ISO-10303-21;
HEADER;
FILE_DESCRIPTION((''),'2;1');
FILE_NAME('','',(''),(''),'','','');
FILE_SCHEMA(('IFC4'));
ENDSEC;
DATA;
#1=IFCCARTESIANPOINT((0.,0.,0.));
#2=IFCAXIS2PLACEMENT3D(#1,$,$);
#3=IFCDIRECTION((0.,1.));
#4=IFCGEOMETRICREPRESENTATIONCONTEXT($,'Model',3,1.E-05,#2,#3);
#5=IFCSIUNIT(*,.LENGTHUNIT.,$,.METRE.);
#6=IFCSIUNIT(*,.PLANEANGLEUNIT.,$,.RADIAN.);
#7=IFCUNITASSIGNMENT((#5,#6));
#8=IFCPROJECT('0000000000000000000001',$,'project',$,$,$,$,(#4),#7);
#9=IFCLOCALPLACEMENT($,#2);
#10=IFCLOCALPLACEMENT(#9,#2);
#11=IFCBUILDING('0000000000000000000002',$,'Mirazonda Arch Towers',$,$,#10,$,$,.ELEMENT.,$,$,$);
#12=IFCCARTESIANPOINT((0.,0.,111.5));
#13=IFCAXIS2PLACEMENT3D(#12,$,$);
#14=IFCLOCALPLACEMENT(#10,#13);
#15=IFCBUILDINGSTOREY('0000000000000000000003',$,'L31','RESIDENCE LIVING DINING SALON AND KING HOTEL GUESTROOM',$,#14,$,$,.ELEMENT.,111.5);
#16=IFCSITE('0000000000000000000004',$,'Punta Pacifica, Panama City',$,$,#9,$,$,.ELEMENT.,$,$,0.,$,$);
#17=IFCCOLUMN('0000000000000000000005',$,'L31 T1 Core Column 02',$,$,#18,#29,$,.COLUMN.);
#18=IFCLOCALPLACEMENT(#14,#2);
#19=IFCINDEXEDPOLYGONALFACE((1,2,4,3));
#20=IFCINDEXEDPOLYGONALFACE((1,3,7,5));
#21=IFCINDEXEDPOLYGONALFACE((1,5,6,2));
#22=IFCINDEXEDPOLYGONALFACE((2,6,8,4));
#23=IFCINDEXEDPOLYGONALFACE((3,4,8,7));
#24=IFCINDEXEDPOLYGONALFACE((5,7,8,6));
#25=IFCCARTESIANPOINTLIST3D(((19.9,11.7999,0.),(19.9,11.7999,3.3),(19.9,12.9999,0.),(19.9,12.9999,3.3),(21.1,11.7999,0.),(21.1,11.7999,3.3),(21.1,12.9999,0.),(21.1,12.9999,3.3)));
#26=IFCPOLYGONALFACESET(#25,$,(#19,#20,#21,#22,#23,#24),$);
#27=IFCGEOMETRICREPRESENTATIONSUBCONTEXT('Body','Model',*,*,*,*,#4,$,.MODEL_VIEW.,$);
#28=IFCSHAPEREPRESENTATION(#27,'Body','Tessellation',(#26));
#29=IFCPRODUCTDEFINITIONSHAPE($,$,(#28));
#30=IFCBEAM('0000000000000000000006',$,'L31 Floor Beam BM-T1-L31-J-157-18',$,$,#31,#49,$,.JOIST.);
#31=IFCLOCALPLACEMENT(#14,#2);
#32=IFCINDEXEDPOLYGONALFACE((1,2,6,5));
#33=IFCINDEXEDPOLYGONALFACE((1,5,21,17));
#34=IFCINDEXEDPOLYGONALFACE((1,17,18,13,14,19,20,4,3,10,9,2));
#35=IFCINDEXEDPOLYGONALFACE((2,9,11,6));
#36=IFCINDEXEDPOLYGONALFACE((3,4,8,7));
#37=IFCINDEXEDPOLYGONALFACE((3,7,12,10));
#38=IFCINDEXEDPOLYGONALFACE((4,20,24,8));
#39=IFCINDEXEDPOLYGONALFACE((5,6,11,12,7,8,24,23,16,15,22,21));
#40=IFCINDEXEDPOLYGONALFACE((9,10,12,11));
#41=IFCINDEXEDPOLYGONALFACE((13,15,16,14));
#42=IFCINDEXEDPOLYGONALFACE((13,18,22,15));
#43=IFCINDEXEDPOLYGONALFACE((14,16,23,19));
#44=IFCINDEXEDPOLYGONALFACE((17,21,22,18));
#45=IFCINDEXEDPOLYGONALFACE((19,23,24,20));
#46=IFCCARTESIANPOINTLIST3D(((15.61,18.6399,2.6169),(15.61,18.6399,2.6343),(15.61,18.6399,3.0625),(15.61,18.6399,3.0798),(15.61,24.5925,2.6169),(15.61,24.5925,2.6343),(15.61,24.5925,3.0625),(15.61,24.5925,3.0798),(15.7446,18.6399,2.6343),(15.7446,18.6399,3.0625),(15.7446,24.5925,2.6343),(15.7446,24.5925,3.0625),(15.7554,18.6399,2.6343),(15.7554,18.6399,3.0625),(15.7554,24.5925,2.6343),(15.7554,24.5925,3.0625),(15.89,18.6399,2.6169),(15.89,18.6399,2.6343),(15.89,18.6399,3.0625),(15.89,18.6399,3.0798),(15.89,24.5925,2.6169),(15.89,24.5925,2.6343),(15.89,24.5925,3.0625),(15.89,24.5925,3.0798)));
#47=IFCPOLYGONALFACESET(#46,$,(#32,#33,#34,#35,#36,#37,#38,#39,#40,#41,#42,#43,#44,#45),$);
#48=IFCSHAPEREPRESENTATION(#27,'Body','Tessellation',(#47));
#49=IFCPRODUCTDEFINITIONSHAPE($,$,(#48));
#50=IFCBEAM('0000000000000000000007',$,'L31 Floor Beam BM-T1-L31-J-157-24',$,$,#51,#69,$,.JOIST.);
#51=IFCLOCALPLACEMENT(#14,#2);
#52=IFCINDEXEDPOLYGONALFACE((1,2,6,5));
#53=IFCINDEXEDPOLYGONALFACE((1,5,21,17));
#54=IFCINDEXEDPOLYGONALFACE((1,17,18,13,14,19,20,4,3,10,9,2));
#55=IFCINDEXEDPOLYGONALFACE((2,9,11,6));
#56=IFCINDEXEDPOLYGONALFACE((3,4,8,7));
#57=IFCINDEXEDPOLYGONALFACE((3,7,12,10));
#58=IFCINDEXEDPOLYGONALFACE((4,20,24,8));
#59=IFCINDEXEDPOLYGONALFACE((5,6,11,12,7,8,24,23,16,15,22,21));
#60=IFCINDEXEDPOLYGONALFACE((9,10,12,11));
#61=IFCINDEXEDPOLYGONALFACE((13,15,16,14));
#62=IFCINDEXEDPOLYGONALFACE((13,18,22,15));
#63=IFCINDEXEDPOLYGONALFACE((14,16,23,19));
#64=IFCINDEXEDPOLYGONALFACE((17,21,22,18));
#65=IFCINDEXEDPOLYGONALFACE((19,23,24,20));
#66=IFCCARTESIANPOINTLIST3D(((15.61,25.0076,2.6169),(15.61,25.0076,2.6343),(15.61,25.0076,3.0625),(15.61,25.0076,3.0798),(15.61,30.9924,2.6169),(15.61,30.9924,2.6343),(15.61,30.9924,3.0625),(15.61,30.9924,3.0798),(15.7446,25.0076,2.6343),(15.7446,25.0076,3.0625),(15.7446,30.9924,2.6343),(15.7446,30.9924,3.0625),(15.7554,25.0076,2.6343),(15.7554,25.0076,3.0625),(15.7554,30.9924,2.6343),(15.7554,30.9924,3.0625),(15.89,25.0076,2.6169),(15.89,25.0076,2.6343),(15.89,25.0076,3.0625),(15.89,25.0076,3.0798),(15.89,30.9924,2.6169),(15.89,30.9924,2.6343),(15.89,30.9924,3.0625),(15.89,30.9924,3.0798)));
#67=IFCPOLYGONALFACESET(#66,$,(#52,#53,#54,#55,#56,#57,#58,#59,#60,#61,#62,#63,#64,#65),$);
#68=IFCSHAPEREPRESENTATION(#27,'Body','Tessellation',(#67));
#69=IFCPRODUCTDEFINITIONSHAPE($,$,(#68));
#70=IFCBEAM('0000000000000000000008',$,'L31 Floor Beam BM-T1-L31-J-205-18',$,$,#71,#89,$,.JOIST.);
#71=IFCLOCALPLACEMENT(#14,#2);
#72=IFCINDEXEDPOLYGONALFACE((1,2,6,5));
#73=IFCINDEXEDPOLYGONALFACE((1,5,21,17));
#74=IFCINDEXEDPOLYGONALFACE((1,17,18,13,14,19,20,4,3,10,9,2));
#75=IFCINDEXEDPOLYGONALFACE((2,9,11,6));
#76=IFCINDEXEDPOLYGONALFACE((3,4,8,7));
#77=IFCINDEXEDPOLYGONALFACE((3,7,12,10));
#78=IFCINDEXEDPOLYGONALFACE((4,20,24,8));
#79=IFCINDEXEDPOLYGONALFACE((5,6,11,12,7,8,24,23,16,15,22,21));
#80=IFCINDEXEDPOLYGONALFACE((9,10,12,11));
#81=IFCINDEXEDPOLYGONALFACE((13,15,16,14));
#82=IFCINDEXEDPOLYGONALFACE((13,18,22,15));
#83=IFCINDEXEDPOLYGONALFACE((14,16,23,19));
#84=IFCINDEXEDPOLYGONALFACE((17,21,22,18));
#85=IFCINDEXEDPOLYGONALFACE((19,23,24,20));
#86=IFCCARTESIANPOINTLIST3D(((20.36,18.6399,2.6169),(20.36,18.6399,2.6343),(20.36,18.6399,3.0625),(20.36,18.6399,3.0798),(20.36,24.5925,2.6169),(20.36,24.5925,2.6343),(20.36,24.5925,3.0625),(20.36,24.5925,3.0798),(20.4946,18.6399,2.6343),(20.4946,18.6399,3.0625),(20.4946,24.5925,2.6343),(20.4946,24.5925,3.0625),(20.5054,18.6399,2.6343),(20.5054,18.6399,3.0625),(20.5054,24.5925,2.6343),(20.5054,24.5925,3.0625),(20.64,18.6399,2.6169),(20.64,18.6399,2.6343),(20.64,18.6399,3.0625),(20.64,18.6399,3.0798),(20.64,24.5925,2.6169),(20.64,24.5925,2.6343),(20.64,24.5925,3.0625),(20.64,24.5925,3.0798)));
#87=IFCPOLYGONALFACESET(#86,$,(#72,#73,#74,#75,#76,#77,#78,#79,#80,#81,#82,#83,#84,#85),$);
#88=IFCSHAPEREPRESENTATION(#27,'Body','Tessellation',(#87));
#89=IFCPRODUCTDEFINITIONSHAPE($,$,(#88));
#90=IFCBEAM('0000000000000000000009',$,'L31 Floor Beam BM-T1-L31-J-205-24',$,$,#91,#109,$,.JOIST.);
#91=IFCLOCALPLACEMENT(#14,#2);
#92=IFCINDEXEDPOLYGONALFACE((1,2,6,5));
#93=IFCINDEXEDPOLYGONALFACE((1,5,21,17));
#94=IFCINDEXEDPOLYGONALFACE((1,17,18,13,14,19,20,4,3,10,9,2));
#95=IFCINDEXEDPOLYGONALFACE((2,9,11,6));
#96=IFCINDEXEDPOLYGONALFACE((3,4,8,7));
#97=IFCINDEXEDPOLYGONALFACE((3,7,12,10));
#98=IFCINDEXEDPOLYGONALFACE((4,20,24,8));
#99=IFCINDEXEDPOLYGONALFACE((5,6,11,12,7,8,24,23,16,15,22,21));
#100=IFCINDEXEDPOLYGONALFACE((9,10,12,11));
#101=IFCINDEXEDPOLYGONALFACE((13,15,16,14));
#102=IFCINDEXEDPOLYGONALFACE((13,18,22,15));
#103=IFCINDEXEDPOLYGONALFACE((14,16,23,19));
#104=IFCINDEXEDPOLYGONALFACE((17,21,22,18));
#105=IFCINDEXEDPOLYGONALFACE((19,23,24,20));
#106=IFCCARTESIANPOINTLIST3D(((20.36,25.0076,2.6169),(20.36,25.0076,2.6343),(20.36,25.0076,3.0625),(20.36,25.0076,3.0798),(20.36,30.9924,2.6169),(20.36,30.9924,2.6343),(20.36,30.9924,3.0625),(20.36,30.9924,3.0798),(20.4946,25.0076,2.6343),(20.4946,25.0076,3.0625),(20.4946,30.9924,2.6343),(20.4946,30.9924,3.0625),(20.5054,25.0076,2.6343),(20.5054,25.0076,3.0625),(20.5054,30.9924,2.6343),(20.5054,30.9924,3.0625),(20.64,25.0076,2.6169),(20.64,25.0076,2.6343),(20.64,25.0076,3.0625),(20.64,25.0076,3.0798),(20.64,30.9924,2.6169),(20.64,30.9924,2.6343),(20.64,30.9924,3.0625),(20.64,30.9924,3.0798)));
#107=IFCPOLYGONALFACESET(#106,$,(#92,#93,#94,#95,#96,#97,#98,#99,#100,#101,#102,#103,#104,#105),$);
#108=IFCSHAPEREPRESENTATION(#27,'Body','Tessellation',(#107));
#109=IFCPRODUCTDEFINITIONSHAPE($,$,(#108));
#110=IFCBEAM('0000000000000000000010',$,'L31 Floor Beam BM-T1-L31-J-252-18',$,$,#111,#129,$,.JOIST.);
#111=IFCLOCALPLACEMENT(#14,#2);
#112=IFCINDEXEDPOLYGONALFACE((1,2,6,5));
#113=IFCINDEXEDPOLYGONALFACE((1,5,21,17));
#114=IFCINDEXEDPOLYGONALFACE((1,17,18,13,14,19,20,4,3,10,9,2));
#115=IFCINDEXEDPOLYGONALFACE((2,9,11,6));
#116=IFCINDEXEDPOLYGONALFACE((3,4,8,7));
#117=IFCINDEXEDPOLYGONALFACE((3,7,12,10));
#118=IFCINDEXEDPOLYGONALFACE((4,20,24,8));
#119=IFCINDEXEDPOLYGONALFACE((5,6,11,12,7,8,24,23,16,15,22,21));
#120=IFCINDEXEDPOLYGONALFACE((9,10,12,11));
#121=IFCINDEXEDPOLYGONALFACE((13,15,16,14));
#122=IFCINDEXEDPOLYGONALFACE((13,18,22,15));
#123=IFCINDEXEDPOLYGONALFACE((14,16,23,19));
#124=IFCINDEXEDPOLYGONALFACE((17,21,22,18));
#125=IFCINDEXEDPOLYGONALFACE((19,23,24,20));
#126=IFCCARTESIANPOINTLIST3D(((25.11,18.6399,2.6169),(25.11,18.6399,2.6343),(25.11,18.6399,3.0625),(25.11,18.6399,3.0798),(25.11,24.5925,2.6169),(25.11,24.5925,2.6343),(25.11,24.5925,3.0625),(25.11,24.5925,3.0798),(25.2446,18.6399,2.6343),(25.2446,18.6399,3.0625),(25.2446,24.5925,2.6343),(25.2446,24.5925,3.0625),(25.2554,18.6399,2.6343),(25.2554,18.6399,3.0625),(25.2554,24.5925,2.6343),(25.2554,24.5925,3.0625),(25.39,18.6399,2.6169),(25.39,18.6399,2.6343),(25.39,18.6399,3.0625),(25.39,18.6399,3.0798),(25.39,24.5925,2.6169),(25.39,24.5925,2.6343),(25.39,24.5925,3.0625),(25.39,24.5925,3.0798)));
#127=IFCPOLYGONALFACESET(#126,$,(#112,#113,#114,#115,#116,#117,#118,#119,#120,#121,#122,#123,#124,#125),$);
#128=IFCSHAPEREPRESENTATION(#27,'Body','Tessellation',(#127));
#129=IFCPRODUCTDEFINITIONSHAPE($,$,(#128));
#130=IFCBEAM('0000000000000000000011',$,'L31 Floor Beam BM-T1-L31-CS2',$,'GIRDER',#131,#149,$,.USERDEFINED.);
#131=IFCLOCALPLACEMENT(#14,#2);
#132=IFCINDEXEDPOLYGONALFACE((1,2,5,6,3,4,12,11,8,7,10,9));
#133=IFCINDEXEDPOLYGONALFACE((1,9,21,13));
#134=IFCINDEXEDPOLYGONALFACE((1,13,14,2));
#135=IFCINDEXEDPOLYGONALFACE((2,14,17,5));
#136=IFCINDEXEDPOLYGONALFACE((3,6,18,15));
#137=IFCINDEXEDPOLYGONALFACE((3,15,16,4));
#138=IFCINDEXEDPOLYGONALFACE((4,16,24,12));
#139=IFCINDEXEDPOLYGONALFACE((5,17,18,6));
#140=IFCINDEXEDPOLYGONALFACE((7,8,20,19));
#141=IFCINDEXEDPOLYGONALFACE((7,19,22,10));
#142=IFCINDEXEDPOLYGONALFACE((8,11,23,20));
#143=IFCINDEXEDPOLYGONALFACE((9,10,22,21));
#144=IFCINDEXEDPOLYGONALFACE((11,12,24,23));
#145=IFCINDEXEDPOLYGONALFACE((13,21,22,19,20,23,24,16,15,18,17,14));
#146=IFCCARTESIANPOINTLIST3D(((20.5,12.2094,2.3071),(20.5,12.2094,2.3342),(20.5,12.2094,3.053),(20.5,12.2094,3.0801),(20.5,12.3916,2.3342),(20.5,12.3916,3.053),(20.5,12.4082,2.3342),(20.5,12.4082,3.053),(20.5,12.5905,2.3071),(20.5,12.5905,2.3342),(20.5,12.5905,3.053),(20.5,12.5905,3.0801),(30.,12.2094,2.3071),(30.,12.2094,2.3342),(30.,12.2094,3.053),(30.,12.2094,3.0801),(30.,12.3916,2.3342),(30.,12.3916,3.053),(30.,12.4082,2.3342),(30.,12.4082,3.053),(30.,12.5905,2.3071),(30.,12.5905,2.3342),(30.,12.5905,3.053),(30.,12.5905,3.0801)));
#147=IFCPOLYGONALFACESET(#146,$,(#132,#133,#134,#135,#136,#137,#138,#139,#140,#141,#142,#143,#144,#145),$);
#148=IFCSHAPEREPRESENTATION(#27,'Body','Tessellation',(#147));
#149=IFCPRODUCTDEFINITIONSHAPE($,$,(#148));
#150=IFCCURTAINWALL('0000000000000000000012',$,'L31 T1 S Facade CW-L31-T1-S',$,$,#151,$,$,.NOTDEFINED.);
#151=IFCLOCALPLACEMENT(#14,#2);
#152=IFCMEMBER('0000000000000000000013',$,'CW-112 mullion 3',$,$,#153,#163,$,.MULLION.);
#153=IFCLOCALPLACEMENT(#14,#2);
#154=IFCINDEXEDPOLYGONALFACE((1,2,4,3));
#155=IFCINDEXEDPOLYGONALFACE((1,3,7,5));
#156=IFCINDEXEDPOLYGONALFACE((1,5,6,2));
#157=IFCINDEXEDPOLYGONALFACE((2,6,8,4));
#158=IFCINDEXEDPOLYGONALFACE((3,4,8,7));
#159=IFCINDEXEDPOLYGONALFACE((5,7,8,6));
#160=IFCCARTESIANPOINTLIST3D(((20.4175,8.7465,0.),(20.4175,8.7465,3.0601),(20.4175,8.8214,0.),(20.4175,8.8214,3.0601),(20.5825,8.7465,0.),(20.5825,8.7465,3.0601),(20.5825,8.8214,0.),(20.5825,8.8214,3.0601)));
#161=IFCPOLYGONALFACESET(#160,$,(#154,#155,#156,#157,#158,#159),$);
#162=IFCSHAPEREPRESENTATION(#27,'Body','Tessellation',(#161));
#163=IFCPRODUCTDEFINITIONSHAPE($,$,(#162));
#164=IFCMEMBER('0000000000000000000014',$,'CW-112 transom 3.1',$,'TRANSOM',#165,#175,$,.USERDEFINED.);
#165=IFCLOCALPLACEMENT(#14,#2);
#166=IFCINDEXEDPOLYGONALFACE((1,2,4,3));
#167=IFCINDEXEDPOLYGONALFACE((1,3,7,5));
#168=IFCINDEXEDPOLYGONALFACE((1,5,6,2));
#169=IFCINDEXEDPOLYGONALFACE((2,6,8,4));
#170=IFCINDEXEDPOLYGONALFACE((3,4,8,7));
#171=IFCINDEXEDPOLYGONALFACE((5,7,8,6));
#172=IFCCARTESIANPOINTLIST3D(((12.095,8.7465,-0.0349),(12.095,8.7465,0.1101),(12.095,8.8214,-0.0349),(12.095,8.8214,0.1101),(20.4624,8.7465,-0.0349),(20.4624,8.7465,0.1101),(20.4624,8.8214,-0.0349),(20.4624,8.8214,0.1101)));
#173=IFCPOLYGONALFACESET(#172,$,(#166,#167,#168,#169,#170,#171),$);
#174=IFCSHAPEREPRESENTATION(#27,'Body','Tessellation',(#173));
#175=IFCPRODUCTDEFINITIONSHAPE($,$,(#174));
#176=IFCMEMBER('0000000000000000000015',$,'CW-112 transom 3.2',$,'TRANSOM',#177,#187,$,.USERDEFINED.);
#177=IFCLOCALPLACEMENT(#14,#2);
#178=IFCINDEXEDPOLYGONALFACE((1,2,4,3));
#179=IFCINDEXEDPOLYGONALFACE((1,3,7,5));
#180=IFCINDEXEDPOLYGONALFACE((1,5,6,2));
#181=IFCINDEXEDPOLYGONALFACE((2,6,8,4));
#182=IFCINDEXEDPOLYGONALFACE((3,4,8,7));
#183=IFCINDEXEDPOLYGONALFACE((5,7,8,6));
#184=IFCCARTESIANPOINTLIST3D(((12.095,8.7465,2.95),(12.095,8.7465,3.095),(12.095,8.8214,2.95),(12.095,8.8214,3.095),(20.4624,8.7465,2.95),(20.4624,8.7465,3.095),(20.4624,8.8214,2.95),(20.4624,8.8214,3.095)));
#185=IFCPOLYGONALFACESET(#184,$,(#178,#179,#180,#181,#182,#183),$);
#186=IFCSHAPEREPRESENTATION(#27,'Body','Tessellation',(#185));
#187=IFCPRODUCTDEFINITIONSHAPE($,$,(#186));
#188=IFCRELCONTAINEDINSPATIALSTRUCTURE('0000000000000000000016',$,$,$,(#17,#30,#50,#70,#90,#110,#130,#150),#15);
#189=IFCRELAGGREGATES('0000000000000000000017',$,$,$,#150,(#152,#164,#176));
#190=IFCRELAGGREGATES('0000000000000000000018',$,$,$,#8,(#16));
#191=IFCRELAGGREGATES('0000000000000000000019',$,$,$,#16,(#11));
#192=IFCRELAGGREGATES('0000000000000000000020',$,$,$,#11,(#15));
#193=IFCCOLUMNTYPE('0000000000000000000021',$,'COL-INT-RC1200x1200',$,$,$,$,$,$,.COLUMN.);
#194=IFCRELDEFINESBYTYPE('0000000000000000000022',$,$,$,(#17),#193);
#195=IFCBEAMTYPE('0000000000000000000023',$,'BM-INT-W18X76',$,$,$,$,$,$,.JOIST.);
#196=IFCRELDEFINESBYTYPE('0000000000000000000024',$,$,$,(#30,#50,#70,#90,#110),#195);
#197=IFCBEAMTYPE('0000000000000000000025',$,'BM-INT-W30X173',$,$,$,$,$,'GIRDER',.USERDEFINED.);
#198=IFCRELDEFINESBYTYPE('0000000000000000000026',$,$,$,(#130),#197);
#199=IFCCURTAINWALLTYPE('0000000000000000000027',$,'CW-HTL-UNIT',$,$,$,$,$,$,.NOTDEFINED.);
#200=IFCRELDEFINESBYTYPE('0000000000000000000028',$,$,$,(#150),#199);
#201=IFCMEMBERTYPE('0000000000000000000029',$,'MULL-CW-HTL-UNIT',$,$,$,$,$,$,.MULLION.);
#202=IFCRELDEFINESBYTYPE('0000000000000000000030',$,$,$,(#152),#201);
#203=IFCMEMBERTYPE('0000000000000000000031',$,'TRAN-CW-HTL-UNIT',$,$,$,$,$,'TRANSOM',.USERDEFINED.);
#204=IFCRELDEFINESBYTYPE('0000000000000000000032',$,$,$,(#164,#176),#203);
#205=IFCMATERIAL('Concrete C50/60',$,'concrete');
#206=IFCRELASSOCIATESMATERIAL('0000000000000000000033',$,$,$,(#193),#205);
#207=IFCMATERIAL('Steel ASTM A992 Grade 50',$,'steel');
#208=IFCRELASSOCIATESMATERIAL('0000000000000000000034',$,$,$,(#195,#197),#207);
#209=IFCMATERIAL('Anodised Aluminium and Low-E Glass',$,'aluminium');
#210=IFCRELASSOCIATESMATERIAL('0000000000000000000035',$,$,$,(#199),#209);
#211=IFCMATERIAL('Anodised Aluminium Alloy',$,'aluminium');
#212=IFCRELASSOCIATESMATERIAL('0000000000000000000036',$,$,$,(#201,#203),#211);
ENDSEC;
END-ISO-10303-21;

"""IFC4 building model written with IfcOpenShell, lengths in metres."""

from ifc_helpers import new_model, si_unit, direction, frame, origin, origin_2d, place, context, subcontext, project, spatial, rectangle, i_section, extrude, material, material_profile, profile_set, type_object, element, aggregate, save


model = new_model("IFC4")

# Units and contexts
model_context = context("Model", 3, precision=1e-05, world=origin(), true_north=direction((0.0, 1.0)))
body_context = subcontext(model_context, "Body", "Model", "MODEL_VIEW")
ifc_project = project(units=[si_unit("LENGTHUNIT", "METRE"), si_unit("PLANEANGLEUNIT", "RADIAN")], contexts=[model_context])

# Site, building, storey
site_placement = place(None, origin())
site = spatial("IfcSite", under=ifc_project, at=site_placement, Name="Punta Pacifica, Panama City", CompositionType="ELEMENT", RefElevation=0.0)
building_placement = place(site_placement, origin())
building = spatial("IfcBuilding", under=site, at=building_placement, Name="Mirazonda Arch Towers", CompositionType="ELEMENT")
storey_placement = place(building_placement, frame((0.0, 0.0, 111.5)))
storey = spatial("IfcBuildingStorey", under=building, at=storey_placement, Name="L31", Description="RESIDENCE LIVING DINING SALON AND KING HOTEL GUESTROOM", CompositionType="ELEMENT", Elevation=111.5)

# Column
ifc_material_1 = material(Name="Concrete C50/60", Category="concrete")
ifc_material_profile_1 = material_profile(ifc_material_1, rectangle(XDim=1.2, YDim=1.2, at=origin_2d()), Name="RC1200x1200")
ifc_profile_set_1 = profile_set([ifc_material_profile_1], Name="Concrete C50/60")
column_type = type_object("IfcColumnType", Name="COL-INT-RC1200x1200", PredefinedType="COLUMN", material=ifc_profile_set_1)
column_placement = place(storey_placement, frame((20.5, 12.3999, 0.0), z_axis=(0.0, 0.0, 1.0), x_axis=(1.0, 0.0, 0.0)))
element("IfcColumn", 1, at=column_placement, inside=storey, type_object=column_type, Name="L31 T1 Core Column 02", PredefinedType="COLUMN", context=body_context, shape_type="SweptSolid", body=[
    extrude(rectangle(XDim=1.2, YDim=1.2, at=origin_2d()), origin(), (0.0, 0.0, 1.0), 3.3),
])

# Beams
ifc_material_2 = material(Name="Steel ASTM A992 Grade 50", Category="steel")
ifc_material_profile_2 = material_profile(ifc_material_2, i_section(OverallWidth=0.28, OverallDepth=0.4629, WebThickness=0.0107, FlangeThickness=0.0173, at=origin_2d()), Name="W18X76")
ifc_profile_set_2 = profile_set([ifc_material_profile_2], Name="Steel ASTM A992 Grade 50")
beam_type_1 = type_object("IfcBeamType", Name="BM-INT-W18X76", PredefinedType="JOIST", material=ifc_profile_set_2)
beam_1_placement = place(storey_placement, frame((15.75, 18.6399, 2.8484), z_axis=(0.0, 1.0, 0.0), x_axis=(-1.0, 0.0, 0.0)))
element("IfcBeam", 2, at=beam_1_placement, inside=storey, type_object=beam_type_1, Name="L31 Floor Beam BM-T1-L31-J-157-18", PredefinedType="JOIST", context=body_context, shape_type="SweptSolid", body=[
    extrude(i_section(OverallWidth=0.28, OverallDepth=0.4629, WebThickness=0.0107, FlangeThickness=0.0173, at=origin_2d()), origin(), (0.0, 0.0, 1.0), 5.9526),
])
beam_2_placement = place(storey_placement, frame((15.75, 25.0076, 2.8484), z_axis=(0.0, 1.0, 0.0), x_axis=(-1.0, 0.0, 0.0)))
element("IfcBeam", 3, at=beam_2_placement, inside=storey, type_object=beam_type_1, Name="L31 Floor Beam BM-T1-L31-J-157-24", PredefinedType="JOIST", context=body_context, shape_type="SweptSolid", body=[
    extrude(i_section(OverallWidth=0.28, OverallDepth=0.4629, WebThickness=0.0107, FlangeThickness=0.0173, at=origin_2d()), origin(), (0.0, 0.0, 1.0), 5.9849),
])
beam_3_placement = place(storey_placement, frame((20.5, 18.6399, 2.8484), z_axis=(0.0, 1.0, 0.0), x_axis=(-1.0, 0.0, 0.0)))
element("IfcBeam", 4, at=beam_3_placement, inside=storey, type_object=beam_type_1, Name="L31 Floor Beam BM-T1-L31-J-205-18", PredefinedType="JOIST", context=body_context, shape_type="SweptSolid", body=[
    extrude(i_section(OverallWidth=0.28, OverallDepth=0.4629, WebThickness=0.0107, FlangeThickness=0.0173, at=origin_2d()), origin(), (0.0, 0.0, 1.0), 5.9526),
])
beam_4_placement = place(storey_placement, frame((20.5, 25.0076, 2.8484), z_axis=(0.0, 1.0, 0.0), x_axis=(-1.0, 0.0, 0.0)))
element("IfcBeam", 5, at=beam_4_placement, inside=storey, type_object=beam_type_1, Name="L31 Floor Beam BM-T1-L31-J-205-24", PredefinedType="JOIST", context=body_context, shape_type="SweptSolid", body=[
    extrude(i_section(OverallWidth=0.28, OverallDepth=0.4629, WebThickness=0.0107, FlangeThickness=0.0173, at=origin_2d()), origin(), (0.0, 0.0, 1.0), 5.9849),
])
beam_5_placement = place(storey_placement, frame((25.25, 18.6399, 2.8484), z_axis=(0.0, 1.0, 0.0), x_axis=(-1.0, 0.0, 0.0)))
element("IfcBeam", 6, at=beam_5_placement, inside=storey, type_object=beam_type_1, Name="L31 Floor Beam BM-T1-L31-J-252-18", PredefinedType="JOIST", context=body_context, shape_type="SweptSolid", body=[
    extrude(i_section(OverallWidth=0.28, OverallDepth=0.4629, WebThickness=0.0107, FlangeThickness=0.0173, at=origin_2d()), origin(), (0.0, 0.0, 1.0), 5.9526),
])
ifc_material_profile_3 = material_profile(ifc_material_2, i_section(OverallWidth=0.3811, OverallDepth=0.7729, WebThickness=0.0166, FlangeThickness=0.0271, at=origin_2d()), Name="W30X173")
ifc_profile_set_3 = profile_set([ifc_material_profile_3], Name="Steel ASTM A992 Grade 50")
beam_type_2 = type_object("IfcBeamType", Name="BM-INT-W30X173", ElementType="GIRDER", PredefinedType="USERDEFINED", material=ifc_profile_set_3)
beam_6_placement = place(storey_placement, frame((20.5, 12.3999, 2.6936), z_axis=(1.0, 0.0, 0.0), x_axis=(0.0, 1.0, 0.0)))
element("IfcBeam", 7, at=beam_6_placement, inside=storey, type_object=beam_type_2, Name="L31 Floor Beam BM-T1-L31-CS2", ObjectType="GIRDER", PredefinedType="USERDEFINED", context=body_context, shape_type="SweptSolid", body=[
    extrude(i_section(OverallWidth=0.3811, OverallDepth=0.7729, WebThickness=0.0166, FlangeThickness=0.0271, at=origin_2d()), origin(), (0.0, 0.0, 1.0), 9.5),
])

# Curtain wall, members
ifc_material_3 = material(Name="Anodised Aluminium and Low-E Glass", Category="aluminium")
curtain_wall_type = type_object("IfcCurtainWallType", Name="CW-HTL-UNIT", PredefinedType="NOTDEFINED", material=ifc_material_3)
curtain_wall_placement = place(storey_placement, origin())
curtain_wall = element("IfcCurtainWall", 8, at=curtain_wall_placement, inside=storey, type_object=curtain_wall_type, Name="L31 T1 S Facade CW-L31-T1-S", PredefinedType="NOTDEFINED")
ifc_material_4 = material(Name="Anodised Aluminium Alloy", Category="aluminium")
ifc_material_profile_4 = material_profile(ifc_material_4, rectangle(XDim=0.075, YDim=0.165, at=origin_2d()), Name="ALU-MULL-75x165")
ifc_profile_set_4 = profile_set([ifc_material_profile_4], Name="Anodised Aluminium Alloy")
member_type_1 = type_object("IfcMemberType", Name="MULL-CW-HTL-UNIT", PredefinedType="MULLION", material=ifc_profile_set_4)
member_1_placement = place(storey_placement, frame((20.5, 8.7839, 0.0), z_axis=(0.0, 0.0, 1.0), x_axis=(0.0, -1.0, 0.0)))
member_1 = element("IfcMember", 9, at=member_1_placement, type_object=member_type_1, Name="CW-112 mullion 3", PredefinedType="MULLION", context=body_context, shape_type="SweptSolid", body=[
    extrude(rectangle(XDim=0.075, YDim=0.165, at=origin_2d()), origin(), (0.0, 0.0, 1.0), 3.0601),
])
ifc_material_profile_5 = material_profile(ifc_material_4, rectangle(XDim=0.075, YDim=0.145, at=origin_2d()), Name="ALU-TRAN-75x145")
ifc_profile_set_5 = profile_set([ifc_material_profile_5], Name="Anodised Aluminium Alloy")
member_type_2 = type_object("IfcMemberType", Name="TRAN-CW-HTL-UNIT", ElementType="TRANSOM", PredefinedType="USERDEFINED", material=ifc_profile_set_5)
member_2_placement = place(storey_placement, frame((20.4624, 8.7839, 0.0376), z_axis=(-1.0, 0.0, 0.0), x_axis=(0.0, -1.0, 0.0)))
member_2 = element("IfcMember", 10, at=member_2_placement, type_object=member_type_2, Name="CW-112 transom 3.1", ObjectType="TRANSOM", PredefinedType="USERDEFINED", context=body_context, shape_type="SweptSolid", body=[
    extrude(rectangle(XDim=0.075, YDim=0.145, at=origin_2d()), origin(), (0.0, 0.0, 1.0), 8.3674),
])
member_3_placement = place(storey_placement, frame((20.4624, 8.7839, 3.0225), z_axis=(-1.0, 0.0, 0.0), x_axis=(0.0, -1.0, 0.0)))
member_3 = element("IfcMember", 11, at=member_3_placement, type_object=member_type_2, Name="CW-112 transom 3.2", ObjectType="TRANSOM", PredefinedType="USERDEFINED", context=body_context, shape_type="SweptSolid", body=[
    extrude(rectangle(XDim=0.075, YDim=0.145, at=origin_2d()), origin(), (0.0, 0.0, 1.0), 8.3674),
])
aggregate(curtain_wall, [member_1, member_2, member_3])

save(model, "model.ifc")
